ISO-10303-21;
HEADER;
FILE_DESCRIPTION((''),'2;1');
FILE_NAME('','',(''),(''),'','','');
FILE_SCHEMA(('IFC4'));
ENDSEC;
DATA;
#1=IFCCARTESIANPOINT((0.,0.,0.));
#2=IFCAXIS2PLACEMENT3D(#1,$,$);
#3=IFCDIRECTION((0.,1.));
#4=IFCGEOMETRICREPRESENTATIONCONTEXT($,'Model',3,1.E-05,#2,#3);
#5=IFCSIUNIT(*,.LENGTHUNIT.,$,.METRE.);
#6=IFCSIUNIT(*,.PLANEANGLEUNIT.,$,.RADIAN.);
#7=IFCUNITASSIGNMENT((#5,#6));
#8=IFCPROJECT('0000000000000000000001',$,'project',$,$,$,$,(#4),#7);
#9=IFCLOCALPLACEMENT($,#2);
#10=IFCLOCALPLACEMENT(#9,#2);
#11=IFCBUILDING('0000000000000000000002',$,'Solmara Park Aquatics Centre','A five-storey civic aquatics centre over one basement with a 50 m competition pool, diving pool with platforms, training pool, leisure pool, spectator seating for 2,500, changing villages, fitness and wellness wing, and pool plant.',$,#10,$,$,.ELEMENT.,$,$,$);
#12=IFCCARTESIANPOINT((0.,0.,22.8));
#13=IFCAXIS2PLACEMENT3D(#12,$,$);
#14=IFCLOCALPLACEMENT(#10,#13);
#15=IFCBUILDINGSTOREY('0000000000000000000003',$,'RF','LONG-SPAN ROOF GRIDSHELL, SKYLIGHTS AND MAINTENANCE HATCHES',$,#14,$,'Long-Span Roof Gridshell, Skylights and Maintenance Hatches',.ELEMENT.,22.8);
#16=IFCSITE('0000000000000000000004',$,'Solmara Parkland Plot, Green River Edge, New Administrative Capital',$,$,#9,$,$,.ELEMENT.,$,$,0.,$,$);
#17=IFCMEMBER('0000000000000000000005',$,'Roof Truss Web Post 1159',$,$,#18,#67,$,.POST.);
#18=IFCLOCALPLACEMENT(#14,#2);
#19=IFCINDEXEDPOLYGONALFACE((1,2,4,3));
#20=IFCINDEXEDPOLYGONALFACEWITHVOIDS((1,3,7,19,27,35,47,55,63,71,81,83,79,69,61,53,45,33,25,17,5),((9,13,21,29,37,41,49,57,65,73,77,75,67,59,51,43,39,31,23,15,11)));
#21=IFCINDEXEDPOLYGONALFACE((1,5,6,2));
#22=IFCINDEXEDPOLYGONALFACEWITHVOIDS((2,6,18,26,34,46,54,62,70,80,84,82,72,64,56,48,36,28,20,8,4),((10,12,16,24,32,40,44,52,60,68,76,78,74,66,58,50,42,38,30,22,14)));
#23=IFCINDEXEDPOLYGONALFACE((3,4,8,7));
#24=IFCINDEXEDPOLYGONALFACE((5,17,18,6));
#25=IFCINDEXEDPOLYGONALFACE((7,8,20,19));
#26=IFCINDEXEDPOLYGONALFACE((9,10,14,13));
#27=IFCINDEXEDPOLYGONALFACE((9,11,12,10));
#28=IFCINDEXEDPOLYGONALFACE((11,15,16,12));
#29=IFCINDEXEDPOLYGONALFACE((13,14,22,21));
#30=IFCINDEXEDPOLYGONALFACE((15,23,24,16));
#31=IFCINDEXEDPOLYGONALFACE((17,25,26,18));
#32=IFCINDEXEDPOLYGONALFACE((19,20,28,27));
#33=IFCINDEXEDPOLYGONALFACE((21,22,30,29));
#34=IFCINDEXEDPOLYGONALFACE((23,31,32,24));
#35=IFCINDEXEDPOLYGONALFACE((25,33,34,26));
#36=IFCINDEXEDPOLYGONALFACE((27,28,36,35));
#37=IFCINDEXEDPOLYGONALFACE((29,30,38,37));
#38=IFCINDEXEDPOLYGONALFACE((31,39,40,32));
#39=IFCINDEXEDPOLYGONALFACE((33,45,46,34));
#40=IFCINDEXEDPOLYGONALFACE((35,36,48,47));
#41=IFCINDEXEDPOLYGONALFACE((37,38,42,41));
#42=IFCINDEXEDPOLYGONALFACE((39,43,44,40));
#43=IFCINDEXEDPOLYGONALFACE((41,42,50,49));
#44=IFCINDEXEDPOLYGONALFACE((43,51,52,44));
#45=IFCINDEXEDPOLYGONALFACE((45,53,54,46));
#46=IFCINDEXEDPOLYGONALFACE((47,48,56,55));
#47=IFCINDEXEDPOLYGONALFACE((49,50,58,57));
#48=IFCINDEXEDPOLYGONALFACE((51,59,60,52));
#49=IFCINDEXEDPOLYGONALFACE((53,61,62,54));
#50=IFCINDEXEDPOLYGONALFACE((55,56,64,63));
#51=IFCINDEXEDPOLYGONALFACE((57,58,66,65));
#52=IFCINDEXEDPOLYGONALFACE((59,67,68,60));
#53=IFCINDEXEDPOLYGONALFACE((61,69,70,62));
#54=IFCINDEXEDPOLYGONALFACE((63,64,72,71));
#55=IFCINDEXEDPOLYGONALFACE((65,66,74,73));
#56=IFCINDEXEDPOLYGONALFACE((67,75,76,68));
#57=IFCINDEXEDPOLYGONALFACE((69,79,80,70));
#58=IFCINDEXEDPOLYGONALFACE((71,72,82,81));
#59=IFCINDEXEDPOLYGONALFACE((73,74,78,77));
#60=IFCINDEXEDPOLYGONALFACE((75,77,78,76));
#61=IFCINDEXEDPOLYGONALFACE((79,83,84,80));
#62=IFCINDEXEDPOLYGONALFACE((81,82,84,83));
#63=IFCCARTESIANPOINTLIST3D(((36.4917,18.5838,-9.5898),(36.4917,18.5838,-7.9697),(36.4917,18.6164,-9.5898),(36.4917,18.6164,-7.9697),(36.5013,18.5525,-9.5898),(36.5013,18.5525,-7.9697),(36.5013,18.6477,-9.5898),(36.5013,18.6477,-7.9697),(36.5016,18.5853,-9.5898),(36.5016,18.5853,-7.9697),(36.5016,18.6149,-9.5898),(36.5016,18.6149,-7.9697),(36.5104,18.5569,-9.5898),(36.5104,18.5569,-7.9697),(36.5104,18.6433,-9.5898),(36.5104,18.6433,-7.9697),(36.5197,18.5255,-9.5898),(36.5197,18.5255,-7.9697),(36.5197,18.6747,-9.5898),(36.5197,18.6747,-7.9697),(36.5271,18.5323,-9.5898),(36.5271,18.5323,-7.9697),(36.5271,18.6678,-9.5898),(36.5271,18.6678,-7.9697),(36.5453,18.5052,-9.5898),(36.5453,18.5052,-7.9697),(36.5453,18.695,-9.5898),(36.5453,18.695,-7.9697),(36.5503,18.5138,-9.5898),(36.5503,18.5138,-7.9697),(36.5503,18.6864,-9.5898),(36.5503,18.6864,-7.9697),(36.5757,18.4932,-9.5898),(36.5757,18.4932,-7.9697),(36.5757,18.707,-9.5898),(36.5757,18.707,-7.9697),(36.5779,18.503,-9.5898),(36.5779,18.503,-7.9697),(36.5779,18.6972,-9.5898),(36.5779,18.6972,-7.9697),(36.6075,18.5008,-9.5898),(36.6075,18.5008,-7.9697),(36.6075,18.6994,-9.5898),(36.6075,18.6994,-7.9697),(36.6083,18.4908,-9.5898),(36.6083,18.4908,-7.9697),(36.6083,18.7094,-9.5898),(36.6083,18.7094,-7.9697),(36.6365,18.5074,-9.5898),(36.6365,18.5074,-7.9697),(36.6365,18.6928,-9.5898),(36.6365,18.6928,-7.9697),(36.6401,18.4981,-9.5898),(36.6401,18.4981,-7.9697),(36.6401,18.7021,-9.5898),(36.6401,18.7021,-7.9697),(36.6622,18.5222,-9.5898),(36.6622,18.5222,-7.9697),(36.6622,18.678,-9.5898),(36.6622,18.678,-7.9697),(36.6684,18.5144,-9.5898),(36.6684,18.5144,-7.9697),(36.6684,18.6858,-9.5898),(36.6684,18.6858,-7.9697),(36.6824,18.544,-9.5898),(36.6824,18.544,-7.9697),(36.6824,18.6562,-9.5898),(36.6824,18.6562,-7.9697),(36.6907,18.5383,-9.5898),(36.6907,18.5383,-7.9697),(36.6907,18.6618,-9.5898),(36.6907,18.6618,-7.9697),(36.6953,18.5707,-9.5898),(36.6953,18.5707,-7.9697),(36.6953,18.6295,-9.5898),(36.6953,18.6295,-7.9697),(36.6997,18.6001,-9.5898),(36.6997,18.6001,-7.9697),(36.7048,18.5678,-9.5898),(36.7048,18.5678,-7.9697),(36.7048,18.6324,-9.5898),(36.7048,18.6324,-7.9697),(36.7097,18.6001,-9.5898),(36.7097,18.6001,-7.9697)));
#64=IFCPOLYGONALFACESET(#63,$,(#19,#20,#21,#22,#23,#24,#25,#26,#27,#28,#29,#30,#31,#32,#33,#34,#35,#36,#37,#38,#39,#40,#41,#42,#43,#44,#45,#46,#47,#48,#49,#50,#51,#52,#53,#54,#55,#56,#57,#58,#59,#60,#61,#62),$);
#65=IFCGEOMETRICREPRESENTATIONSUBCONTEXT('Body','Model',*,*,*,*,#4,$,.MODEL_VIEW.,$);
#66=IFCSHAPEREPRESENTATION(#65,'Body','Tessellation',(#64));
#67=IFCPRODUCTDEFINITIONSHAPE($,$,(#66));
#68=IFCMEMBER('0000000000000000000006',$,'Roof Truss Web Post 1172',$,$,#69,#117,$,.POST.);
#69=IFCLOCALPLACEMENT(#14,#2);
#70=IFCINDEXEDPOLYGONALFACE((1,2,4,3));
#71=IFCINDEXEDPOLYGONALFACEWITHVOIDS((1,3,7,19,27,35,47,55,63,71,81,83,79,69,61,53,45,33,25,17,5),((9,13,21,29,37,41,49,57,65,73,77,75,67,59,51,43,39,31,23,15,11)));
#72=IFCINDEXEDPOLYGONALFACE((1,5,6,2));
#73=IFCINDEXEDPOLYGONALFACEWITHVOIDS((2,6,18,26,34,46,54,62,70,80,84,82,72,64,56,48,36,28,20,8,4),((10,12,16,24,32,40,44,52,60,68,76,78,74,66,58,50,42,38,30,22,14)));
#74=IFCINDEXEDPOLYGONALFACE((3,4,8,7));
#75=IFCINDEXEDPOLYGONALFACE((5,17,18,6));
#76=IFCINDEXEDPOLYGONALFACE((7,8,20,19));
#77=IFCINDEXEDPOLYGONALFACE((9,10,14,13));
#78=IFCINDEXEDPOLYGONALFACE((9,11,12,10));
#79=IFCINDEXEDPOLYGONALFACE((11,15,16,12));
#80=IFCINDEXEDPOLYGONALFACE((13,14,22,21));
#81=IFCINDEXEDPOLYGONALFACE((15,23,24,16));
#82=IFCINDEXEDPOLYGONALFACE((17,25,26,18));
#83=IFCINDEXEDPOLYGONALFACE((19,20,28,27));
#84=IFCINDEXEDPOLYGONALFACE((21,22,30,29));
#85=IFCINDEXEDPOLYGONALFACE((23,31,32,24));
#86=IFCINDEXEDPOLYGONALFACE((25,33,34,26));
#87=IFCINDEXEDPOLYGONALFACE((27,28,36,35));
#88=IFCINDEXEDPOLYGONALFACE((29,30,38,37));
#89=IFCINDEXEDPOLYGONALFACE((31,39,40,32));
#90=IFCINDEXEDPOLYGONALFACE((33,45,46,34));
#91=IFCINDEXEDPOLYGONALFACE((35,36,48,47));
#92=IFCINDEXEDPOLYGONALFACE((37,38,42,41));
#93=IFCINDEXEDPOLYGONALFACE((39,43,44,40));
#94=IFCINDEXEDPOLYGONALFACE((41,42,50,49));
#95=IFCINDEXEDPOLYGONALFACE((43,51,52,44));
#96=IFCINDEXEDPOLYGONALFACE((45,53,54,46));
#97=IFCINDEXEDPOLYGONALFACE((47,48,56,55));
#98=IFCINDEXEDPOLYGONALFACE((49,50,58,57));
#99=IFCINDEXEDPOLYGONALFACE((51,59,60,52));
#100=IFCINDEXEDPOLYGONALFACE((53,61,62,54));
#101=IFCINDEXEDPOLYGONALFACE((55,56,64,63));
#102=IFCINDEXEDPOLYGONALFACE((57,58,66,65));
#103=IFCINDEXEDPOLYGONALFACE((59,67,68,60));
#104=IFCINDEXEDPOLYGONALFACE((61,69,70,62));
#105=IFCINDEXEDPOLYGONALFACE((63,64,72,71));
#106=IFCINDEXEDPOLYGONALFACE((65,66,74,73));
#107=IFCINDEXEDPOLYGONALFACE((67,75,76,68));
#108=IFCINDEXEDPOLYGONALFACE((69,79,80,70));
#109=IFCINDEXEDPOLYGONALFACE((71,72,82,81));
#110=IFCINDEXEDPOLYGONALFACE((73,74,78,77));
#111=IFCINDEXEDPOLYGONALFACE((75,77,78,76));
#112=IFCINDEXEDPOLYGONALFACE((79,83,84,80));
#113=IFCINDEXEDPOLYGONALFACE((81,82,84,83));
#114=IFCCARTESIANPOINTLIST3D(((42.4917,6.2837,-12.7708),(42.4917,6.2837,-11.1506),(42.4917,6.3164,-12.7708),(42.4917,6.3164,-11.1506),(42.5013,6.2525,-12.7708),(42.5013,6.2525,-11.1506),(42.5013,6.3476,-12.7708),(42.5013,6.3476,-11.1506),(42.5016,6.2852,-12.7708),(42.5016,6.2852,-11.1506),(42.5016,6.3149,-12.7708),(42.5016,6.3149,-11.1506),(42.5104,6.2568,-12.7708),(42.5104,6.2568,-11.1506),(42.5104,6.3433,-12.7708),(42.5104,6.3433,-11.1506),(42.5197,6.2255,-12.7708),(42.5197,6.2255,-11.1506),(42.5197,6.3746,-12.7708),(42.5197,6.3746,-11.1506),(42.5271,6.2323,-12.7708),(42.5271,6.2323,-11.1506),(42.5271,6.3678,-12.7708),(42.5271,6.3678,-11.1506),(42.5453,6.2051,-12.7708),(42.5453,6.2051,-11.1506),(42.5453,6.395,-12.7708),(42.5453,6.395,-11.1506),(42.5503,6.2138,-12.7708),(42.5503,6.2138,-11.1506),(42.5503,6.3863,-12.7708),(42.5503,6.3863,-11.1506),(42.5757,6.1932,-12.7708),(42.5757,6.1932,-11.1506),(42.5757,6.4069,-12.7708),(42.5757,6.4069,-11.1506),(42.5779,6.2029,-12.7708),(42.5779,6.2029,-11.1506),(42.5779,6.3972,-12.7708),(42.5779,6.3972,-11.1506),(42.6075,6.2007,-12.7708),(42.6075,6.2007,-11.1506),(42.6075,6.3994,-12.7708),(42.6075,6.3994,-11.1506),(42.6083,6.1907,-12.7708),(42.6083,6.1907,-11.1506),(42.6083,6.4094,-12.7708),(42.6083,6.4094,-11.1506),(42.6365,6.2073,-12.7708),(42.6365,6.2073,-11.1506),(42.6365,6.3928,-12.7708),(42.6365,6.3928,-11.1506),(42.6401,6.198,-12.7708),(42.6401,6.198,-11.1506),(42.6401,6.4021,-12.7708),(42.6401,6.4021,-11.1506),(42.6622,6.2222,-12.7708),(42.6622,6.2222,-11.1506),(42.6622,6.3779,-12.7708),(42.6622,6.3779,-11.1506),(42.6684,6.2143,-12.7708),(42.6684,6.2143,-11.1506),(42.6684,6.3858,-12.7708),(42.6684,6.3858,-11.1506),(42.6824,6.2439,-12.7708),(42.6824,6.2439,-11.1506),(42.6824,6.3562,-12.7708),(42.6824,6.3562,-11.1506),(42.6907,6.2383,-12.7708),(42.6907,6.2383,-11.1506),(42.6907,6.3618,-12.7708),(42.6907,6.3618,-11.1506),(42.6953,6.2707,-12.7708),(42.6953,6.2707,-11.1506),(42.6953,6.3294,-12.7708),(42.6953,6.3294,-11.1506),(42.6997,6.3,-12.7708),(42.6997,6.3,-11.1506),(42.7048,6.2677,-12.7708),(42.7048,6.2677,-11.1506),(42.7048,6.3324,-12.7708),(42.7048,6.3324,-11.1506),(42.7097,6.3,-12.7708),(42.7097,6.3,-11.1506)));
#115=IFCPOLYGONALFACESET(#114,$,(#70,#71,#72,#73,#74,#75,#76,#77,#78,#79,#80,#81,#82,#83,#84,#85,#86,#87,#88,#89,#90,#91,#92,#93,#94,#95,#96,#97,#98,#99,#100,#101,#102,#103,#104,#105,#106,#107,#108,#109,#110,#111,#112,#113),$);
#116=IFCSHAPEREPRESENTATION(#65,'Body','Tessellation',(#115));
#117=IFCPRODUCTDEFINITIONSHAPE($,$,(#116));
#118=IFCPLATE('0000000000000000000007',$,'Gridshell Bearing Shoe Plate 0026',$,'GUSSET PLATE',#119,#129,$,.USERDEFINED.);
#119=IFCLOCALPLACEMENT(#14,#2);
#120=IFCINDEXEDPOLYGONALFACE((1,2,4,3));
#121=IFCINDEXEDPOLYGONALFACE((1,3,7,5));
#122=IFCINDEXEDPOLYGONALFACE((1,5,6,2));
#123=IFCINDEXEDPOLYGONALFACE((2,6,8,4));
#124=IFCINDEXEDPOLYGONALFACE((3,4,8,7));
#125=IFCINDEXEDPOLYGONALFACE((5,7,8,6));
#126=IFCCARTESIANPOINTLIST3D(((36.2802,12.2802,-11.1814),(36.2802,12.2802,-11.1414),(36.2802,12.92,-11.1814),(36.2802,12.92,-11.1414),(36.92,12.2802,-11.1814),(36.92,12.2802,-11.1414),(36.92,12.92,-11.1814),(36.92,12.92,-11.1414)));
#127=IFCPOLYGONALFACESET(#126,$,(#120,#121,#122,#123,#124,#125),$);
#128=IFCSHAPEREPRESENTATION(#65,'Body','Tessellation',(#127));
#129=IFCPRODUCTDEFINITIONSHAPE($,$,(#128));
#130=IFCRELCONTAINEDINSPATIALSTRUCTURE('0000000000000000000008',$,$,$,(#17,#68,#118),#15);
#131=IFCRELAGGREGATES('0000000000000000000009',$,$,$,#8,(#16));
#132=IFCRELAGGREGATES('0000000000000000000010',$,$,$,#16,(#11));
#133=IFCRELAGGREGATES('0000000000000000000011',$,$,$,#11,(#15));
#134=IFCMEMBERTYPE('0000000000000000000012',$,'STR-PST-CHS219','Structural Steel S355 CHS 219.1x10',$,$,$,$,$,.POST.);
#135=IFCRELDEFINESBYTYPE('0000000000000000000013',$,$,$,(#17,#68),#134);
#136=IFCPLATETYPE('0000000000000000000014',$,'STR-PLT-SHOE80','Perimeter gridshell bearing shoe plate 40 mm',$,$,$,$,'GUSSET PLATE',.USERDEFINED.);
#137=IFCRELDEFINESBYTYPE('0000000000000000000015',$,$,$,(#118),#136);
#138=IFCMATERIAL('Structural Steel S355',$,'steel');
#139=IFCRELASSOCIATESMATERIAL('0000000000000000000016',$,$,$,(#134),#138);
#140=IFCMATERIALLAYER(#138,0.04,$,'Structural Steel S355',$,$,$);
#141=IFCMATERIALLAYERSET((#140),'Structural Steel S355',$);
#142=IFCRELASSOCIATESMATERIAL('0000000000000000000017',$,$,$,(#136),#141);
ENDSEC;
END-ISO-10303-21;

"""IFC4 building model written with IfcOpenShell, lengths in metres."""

from ifc_helpers import new_model, si_unit, direction, frame, origin, origin_2d, place, context, subcontext, project, spatial, rectangle, hollow_circle, extrude, material, layer, layer_set, material_profile, profile_set, type_object, element, save


model = new_model("IFC4")

# Units and contexts
model_context = context("Model", 3, precision=1e-05, world=origin(), true_north=direction((0.0, 1.0)))
body_context = subcontext(model_context, "Body", "Model", "MODEL_VIEW")
ifc_project = project(units=[si_unit("LENGTHUNIT", "METRE"), si_unit("PLANEANGLEUNIT", "RADIAN")], contexts=[model_context])

# Site, building, storey
site_placement = place(None, origin())
site = spatial("IfcSite", under=ifc_project, at=site_placement, Name="Solmara Parkland Plot, Green River Edge, New Administrative Capital", CompositionType="ELEMENT", RefElevation=0.0)
building_placement = place(site_placement, origin())
building = spatial("IfcBuilding", under=site, at=building_placement, Name="Solmara Park Aquatics Centre", Description="A five-storey civic aquatics centre over one basement with a 50 m competition pool, diving pool with platforms, training pool, leisure pool, spectator seating for 2,500, changing villages, fitness and wellness wing, and pool plant.", CompositionType="ELEMENT")
storey_placement = place(building_placement, frame((0.0, 0.0, 22.8)))
storey = spatial("IfcBuildingStorey", under=building, at=storey_placement, Name="RF", Description="LONG-SPAN ROOF GRIDSHELL, SKYLIGHTS AND MAINTENANCE HATCHES", LongName="Long-Span Roof Gridshell, Skylights and Maintenance Hatches", CompositionType="ELEMENT", Elevation=22.8)

# Members
ifc_material_1 = material(Name="Structural Steel S355", Category="steel")
ifc_material_profile_1 = material_profile(ifc_material_1, hollow_circle(Radius=0.1096, WallThickness=0.01, at=origin_2d()), Name="CHS 219.1x10")
ifc_profile_set_1 = profile_set([ifc_material_profile_1], Name="Structural Steel S355")
member_type_1 = type_object("IfcMemberType", Name="STR-PST-CHS219", Description="Structural Steel S355 CHS 219.1x10", PredefinedType="POST", material=ifc_profile_set_1)
for number, where, z_axis, x_axis, name in (
    (1, (36.6001, 18.6001, -9.5898), (0.0, 0.0, 1.0), (1.0, 0.0, 0.0), "Roof Truss Web Post 1159"),
    (2, (42.6001, 6.3, -12.7708), (0.0, 0.0, 1.0), (1.0, 0.0, 0.0), "Roof Truss Web Post 1172"),
):
    element("IfcMember", number, at=place(storey_placement, frame(where, z_axis=z_axis, x_axis=x_axis)), inside=storey, type_object=member_type_1, Name=name, PredefinedType="POST", context=body_context, shape_type="SweptSolid", body=[
        extrude(hollow_circle(Radius=0.1096, WallThickness=0.01, at=origin_2d()), origin(), (0.0, 0.0, 1.0), 1.6201),
    ])

# Plate
ifc_layer = layer(ifc_material_1, 0.04, Name="Structural Steel S355")
ifc_layer_set = layer_set([ifc_layer], Name="Structural Steel S355")
plate_type = type_object("IfcPlateType", Name="STR-PLT-SHOE80", Description="Perimeter gridshell bearing shoe plate 40 mm", ElementType="GUSSET PLATE", PredefinedType="USERDEFINED", material=ifc_layer_set)
plate_placement = place(storey_placement, frame((36.6001, 12.6001, -11.1814), z_axis=(0.0, 0.0, 1.0), x_axis=(1.0, 0.0, 0.0)))
element("IfcPlate", 3, at=plate_placement, inside=storey, type_object=plate_type, Name="Gridshell Bearing Shoe Plate 0026", ObjectType="GUSSET PLATE", PredefinedType="USERDEFINED", context=body_context, shape_type="SweptSolid", body=[
    extrude(rectangle(XDim=0.6399, YDim=0.6399, at=origin_2d()), origin(), (0.0, 0.0, 1.0), 0.04),
])

save(model, "model.ifc")
